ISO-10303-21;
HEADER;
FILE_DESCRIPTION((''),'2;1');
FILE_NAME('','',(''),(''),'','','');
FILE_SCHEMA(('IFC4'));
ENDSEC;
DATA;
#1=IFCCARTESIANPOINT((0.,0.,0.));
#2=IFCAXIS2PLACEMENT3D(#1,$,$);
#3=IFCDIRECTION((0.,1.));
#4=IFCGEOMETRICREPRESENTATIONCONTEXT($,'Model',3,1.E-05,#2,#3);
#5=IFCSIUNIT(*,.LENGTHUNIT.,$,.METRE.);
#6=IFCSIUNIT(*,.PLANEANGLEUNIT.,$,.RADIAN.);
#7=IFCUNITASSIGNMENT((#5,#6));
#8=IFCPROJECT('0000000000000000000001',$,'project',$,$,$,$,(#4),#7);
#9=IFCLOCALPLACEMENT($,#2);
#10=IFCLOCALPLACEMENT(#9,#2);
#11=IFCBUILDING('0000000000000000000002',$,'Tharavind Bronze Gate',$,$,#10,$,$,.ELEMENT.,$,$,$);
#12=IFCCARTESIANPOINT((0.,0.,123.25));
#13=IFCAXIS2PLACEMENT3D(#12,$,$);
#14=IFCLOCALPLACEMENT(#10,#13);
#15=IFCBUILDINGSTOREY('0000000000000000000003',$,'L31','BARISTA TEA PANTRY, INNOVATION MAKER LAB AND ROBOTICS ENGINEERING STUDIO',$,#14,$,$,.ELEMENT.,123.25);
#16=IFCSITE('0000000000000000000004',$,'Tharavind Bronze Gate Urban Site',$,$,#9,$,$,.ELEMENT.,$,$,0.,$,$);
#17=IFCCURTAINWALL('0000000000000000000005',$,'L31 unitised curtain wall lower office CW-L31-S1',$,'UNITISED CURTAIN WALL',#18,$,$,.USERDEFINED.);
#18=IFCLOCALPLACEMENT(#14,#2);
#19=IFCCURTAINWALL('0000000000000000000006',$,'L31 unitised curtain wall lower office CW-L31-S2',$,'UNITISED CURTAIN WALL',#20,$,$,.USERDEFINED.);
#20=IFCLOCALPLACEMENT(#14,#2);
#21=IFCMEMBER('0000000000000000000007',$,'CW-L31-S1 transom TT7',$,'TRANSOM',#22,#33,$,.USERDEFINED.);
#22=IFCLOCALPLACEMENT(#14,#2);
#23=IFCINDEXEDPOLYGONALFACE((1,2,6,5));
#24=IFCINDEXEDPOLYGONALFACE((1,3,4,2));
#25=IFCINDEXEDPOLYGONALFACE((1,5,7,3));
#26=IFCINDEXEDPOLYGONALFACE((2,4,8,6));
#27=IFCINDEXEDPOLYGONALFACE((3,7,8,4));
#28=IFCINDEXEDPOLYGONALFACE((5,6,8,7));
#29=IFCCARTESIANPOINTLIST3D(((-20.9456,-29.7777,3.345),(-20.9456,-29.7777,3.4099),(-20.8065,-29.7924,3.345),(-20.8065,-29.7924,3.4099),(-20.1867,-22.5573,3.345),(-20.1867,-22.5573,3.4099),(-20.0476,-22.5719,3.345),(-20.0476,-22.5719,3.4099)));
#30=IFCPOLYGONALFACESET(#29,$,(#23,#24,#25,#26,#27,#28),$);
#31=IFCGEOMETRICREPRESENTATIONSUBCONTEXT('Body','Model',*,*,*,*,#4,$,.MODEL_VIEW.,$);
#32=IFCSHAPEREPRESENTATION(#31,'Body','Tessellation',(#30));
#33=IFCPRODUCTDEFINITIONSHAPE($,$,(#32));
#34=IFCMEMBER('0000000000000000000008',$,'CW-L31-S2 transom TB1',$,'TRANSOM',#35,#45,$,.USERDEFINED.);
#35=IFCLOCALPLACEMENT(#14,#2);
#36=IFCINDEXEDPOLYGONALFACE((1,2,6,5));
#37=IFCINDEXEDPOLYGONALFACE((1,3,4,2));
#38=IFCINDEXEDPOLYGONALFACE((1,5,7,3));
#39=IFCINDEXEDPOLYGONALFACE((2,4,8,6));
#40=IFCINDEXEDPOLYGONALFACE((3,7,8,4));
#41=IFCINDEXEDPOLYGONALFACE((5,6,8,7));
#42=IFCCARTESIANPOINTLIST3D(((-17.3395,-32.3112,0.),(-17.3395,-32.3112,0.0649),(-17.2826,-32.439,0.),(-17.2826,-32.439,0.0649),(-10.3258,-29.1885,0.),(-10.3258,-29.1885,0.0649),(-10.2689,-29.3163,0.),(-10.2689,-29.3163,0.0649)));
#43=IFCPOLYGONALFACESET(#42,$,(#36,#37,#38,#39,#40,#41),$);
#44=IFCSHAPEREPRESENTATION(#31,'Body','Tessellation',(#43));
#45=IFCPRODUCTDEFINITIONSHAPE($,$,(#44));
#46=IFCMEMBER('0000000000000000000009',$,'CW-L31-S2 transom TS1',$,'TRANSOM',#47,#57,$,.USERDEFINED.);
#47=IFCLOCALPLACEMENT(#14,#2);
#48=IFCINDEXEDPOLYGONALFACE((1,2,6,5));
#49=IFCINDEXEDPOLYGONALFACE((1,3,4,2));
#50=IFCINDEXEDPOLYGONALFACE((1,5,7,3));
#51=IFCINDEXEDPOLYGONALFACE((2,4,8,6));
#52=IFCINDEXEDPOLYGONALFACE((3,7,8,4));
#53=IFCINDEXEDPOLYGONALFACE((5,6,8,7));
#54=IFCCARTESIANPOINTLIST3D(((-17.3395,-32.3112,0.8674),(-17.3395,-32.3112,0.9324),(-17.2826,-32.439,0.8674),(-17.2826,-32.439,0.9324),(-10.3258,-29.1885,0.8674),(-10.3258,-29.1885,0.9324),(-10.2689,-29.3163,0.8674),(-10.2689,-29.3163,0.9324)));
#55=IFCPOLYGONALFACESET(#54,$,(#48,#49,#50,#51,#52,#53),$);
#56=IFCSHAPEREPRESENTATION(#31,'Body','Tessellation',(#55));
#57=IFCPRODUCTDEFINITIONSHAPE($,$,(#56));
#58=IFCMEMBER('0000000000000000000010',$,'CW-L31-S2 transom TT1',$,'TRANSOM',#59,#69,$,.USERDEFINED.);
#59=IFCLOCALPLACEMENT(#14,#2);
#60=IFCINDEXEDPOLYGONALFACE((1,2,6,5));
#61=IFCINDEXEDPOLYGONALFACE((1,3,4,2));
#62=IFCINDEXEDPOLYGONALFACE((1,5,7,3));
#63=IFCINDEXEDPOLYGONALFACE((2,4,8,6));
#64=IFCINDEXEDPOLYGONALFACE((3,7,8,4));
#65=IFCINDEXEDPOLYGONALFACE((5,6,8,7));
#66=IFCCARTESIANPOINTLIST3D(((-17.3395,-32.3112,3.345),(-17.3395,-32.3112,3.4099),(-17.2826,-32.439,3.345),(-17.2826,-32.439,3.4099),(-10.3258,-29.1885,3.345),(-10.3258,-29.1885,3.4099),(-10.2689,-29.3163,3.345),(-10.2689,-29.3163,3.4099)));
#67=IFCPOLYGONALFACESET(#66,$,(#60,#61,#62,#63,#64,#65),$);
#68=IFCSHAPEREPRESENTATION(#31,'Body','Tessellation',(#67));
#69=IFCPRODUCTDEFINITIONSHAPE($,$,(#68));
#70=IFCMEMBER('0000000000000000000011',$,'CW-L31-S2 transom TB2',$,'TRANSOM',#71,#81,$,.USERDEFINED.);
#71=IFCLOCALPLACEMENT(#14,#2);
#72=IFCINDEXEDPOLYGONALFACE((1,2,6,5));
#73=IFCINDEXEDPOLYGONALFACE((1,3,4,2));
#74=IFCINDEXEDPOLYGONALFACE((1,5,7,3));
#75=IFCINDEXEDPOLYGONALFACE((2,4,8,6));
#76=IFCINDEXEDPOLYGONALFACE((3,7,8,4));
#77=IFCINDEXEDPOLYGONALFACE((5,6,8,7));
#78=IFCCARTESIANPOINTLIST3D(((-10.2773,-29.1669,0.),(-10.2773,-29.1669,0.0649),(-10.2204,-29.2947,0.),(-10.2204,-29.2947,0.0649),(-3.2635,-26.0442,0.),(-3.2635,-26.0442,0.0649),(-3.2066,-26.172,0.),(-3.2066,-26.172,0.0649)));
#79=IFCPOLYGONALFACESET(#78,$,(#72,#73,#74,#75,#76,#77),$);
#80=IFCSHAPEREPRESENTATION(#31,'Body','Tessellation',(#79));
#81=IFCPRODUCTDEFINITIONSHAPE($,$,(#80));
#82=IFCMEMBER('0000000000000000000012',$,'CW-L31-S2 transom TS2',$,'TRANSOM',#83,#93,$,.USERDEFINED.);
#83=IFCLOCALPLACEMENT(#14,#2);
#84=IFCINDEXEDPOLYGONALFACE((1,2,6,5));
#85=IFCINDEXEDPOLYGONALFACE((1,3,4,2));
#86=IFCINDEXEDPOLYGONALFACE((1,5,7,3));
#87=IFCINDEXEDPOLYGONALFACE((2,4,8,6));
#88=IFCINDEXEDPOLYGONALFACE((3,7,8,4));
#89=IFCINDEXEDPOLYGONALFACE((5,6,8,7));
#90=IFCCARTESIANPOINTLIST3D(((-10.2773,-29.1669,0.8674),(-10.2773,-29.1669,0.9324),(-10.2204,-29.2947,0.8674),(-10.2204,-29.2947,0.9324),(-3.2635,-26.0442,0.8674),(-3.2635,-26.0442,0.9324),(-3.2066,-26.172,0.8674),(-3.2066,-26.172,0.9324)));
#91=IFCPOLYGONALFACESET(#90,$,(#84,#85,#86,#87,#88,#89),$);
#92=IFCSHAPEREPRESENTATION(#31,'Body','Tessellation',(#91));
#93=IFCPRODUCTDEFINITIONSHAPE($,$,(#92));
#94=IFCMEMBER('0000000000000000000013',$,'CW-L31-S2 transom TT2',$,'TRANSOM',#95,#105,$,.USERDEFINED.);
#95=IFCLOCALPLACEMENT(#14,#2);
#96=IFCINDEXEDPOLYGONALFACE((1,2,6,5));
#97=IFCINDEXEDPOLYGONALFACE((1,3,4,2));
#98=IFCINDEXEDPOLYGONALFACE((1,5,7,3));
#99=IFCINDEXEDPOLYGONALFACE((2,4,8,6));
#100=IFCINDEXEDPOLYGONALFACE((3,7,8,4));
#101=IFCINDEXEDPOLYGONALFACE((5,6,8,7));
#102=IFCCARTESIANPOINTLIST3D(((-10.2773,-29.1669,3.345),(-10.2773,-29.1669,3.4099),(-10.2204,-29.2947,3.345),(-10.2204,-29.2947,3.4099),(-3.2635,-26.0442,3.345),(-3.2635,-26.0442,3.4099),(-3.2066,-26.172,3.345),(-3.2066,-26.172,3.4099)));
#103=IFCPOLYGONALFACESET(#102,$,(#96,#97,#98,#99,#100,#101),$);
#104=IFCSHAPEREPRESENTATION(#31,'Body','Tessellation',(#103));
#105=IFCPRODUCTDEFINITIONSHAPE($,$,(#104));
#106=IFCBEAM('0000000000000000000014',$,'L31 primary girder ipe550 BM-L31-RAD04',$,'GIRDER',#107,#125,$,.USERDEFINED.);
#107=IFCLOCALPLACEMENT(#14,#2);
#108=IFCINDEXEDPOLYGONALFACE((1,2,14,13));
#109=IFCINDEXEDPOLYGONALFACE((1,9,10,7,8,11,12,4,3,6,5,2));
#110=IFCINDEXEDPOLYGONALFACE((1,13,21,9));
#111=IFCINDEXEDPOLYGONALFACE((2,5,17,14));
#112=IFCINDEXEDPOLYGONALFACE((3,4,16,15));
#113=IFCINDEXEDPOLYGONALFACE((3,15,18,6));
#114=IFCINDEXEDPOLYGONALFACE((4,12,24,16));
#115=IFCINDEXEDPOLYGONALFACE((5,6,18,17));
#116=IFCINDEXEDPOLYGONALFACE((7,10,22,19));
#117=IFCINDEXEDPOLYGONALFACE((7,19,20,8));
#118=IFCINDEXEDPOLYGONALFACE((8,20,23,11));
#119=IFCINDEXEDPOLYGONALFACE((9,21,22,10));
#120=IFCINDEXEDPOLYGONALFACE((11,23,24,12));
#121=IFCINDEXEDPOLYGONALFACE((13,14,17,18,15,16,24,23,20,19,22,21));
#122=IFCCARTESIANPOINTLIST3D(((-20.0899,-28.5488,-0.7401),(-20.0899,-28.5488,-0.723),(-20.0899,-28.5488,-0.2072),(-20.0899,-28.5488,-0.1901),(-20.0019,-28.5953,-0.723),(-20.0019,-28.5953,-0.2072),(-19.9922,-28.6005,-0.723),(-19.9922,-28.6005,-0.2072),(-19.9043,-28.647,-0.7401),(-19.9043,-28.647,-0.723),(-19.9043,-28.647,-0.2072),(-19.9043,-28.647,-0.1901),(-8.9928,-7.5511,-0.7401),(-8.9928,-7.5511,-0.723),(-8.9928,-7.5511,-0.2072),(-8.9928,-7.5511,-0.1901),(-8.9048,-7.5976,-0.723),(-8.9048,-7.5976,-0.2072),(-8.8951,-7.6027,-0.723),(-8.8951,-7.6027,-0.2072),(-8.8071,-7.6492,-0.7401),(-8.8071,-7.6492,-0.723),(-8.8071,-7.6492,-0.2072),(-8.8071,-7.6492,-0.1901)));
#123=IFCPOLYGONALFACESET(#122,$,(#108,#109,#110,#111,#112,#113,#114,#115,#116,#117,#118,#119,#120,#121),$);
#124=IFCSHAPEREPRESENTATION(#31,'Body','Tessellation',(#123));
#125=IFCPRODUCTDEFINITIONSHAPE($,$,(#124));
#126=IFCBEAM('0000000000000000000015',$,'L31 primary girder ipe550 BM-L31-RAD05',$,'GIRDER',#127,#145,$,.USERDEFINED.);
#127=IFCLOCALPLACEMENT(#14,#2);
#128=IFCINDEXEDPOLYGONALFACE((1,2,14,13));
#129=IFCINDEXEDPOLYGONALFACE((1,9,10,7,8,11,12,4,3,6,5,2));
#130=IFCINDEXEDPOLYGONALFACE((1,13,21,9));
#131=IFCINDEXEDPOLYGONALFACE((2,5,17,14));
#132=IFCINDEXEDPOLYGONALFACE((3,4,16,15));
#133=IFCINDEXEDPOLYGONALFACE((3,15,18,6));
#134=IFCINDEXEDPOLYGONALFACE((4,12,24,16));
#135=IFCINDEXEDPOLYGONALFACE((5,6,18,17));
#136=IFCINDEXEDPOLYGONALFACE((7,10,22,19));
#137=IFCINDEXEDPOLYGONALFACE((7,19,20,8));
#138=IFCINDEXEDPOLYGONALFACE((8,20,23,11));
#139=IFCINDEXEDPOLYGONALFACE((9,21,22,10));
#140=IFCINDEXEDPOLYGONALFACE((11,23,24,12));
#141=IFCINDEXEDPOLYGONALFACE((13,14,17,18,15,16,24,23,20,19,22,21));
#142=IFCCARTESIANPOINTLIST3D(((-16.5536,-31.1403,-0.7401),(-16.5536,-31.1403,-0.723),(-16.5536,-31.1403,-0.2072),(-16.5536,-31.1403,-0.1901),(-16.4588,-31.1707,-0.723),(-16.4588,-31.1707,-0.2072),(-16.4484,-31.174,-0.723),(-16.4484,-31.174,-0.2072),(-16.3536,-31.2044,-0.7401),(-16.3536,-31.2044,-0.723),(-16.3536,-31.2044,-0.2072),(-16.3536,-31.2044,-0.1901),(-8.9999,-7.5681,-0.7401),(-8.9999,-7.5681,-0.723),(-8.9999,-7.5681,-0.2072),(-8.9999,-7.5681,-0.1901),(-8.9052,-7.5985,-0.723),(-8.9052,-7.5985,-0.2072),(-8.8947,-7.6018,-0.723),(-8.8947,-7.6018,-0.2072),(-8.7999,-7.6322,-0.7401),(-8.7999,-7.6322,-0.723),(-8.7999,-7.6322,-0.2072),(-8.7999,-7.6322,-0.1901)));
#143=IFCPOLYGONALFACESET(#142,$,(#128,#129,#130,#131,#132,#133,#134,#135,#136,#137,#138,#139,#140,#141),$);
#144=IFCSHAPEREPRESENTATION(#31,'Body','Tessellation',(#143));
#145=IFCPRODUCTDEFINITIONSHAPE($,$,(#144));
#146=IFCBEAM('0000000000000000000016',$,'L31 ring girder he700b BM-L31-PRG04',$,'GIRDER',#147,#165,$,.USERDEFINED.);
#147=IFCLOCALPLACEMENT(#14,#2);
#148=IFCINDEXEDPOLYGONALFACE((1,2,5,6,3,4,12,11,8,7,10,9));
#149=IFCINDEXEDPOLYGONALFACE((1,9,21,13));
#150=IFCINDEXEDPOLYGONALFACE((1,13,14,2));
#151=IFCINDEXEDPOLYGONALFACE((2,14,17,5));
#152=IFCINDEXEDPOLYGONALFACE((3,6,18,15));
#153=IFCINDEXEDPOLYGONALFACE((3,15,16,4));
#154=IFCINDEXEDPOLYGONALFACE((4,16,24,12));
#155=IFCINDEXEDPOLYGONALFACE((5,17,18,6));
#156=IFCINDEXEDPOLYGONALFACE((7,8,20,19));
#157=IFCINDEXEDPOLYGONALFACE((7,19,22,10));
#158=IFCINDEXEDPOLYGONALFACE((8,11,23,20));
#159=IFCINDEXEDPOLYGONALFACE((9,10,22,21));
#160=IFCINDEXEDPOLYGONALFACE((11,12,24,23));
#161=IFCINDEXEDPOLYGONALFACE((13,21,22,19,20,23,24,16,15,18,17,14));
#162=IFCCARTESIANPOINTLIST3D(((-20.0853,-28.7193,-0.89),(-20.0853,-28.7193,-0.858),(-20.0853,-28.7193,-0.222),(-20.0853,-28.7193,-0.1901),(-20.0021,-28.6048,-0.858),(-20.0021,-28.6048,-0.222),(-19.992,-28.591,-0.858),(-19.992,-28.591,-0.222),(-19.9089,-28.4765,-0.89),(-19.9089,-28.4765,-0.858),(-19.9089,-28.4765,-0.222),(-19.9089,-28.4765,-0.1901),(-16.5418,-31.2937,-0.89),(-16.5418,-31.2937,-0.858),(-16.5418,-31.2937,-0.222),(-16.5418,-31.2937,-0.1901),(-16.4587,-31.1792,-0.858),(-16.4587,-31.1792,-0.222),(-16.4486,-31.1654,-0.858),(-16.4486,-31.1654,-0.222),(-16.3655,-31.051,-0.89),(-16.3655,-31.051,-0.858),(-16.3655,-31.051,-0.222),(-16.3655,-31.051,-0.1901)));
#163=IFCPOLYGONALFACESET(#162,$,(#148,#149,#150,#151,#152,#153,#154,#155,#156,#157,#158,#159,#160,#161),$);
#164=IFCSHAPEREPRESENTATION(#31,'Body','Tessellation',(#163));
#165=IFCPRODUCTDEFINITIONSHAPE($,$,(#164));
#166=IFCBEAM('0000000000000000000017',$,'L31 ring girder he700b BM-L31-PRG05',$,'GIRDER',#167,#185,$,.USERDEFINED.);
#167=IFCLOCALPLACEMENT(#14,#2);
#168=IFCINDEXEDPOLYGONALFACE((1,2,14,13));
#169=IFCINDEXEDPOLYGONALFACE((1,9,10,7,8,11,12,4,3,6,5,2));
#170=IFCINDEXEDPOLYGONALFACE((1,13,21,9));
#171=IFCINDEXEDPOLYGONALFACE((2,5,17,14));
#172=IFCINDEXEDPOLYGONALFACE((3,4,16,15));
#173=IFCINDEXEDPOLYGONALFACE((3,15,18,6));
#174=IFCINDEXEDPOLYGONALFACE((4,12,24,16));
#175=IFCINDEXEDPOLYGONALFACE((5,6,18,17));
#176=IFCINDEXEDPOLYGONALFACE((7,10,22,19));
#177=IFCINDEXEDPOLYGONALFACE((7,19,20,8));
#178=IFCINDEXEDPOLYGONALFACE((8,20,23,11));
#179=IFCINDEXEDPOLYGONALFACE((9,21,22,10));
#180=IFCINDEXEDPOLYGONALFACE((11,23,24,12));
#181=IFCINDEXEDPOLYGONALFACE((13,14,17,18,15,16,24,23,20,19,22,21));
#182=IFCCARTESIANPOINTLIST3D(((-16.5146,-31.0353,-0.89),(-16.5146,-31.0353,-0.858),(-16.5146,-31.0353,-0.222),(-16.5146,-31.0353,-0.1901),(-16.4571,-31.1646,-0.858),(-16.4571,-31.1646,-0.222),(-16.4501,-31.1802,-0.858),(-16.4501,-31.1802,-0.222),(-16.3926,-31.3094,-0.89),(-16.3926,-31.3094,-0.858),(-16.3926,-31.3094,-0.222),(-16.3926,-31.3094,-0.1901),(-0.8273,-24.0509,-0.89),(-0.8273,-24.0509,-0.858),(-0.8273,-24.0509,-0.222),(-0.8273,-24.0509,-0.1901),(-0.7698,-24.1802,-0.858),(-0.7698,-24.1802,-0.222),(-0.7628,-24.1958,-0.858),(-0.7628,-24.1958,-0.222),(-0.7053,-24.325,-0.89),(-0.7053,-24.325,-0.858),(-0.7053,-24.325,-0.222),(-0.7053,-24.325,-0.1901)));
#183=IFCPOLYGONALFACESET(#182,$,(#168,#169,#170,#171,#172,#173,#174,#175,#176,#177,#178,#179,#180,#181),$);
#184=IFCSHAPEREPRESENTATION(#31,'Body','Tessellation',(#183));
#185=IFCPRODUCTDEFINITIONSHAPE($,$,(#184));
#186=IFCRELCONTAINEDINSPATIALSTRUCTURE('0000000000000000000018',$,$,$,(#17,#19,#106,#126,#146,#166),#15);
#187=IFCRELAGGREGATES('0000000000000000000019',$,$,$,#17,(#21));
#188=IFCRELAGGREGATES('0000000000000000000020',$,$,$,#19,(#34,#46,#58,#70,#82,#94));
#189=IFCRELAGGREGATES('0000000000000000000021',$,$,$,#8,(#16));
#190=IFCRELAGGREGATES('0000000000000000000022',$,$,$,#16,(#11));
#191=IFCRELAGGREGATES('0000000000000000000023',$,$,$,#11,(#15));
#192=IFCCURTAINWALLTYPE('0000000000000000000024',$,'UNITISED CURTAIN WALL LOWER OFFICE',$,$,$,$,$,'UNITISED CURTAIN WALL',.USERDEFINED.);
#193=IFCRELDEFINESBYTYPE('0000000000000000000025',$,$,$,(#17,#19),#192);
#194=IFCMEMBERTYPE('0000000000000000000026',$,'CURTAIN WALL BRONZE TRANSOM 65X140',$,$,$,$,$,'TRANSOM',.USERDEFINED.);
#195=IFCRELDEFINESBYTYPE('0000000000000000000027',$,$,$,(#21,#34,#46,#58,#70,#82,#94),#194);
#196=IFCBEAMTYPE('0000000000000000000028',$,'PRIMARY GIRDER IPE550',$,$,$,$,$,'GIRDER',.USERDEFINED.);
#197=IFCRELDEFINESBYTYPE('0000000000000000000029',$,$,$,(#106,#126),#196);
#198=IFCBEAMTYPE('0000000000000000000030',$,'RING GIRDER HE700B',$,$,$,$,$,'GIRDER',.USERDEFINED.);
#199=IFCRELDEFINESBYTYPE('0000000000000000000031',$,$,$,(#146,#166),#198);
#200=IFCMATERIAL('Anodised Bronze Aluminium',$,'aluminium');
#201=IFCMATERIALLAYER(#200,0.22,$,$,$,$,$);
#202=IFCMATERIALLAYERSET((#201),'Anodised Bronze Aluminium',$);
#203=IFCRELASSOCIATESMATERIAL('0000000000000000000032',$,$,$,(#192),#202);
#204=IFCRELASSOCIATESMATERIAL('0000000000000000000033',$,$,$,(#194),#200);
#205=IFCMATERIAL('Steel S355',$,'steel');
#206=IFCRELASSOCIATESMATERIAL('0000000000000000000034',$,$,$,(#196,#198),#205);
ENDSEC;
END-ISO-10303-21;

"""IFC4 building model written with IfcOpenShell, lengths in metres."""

from ifc_helpers import new_model, si_unit, direction, frame, origin, origin_2d, place, context, subcontext, project, spatial, rectangle, i_section, extrude, material, layer, layer_set, material_profile, profile_set, type_object, element, aggregate, save


model = new_model("IFC4")

# Units and contexts
model_context = context("Model", 3, precision=1e-05, world=origin(), true_north=direction((0.0, 1.0)))
body_context = subcontext(model_context, "Body", "Model", "MODEL_VIEW")
ifc_project = project(units=[si_unit("LENGTHUNIT", "METRE"), si_unit("PLANEANGLEUNIT", "RADIAN")], contexts=[model_context])

# Site, building, storey
site_placement = place(None, origin())
site = spatial("IfcSite", under=ifc_project, at=site_placement, Name="Tharavind Bronze Gate Urban Site", CompositionType="ELEMENT", RefElevation=0.0)
building_placement = place(site_placement, origin())
building = spatial("IfcBuilding", under=site, at=building_placement, Name="Tharavind Bronze Gate", CompositionType="ELEMENT")
storey_placement = place(building_placement, frame((0.0, 0.0, 123.25)))
storey = spatial("IfcBuildingStorey", under=building, at=storey_placement, Name="L31", Description="BARISTA TEA PANTRY, INNOVATION MAKER LAB AND ROBOTICS ENGINEERING STUDIO", CompositionType="ELEMENT", Elevation=123.25)

# Curtain walls
ifc_material_1 = material(Name="Anodised Bronze Aluminium", Category="aluminium")
ifc_layer_1 = layer(ifc_material_1, 0.22)
ifc_layer_set_1 = layer_set([ifc_layer_1], Name="Anodised Bronze Aluminium")
curtain_wall_type = type_object("IfcCurtainWallType", Name="UNITISED CURTAIN WALL LOWER OFFICE", ElementType="UNITISED CURTAIN WALL", PredefinedType="USERDEFINED", material=ifc_layer_set_1)
curtain_wall_1_placement = place(storey_placement, origin())
curtain_wall_1 = element("IfcCurtainWall", 1, at=curtain_wall_1_placement, inside=storey, type_object=curtain_wall_type, Name="L31 unitised curtain wall lower office CW-L31-S1", ObjectType="UNITISED CURTAIN WALL", PredefinedType="USERDEFINED")
curtain_wall_2_placement = place(storey_placement, origin())
curtain_wall_2 = element("IfcCurtainWall", 2, at=curtain_wall_2_placement, inside=storey, type_object=curtain_wall_type, Name="L31 unitised curtain wall lower office CW-L31-S2", ObjectType="UNITISED CURTAIN WALL", PredefinedType="USERDEFINED")

# Members
member_type_1 = type_object("IfcMemberType", Name="CURTAIN WALL BRONZE TRANSOM 65X140", ElementType="TRANSOM", PredefinedType="USERDEFINED", material=ifc_material_1)
member_1_placement = place(storey_placement, frame((-20.4966, -26.1748, 3.345), z_axis=(0.0, 0.0, 1.0), x_axis=(-0.104527, -0.994522, 0.0)))
member_1 = element("IfcMember", 3, at=member_1_placement, type_object=member_type_1, Name="CW-L31-S1 transom TT7", ObjectType="TRANSOM", PredefinedType="USERDEFINED", context=body_context, shape_type="SweptSolid", body=[
    extrude(rectangle(XDim=7.2603, YDim=0.1399, at=origin_2d()), origin(), (0.0, 0.0, 1.0), 0.0649),
])
member_2_placement = place(storey_placement, frame((-13.8042, -30.8137, 0.0), z_axis=(0.0, 0.0, 1.0), x_axis=(0.913545, 0.406737, 0.0)))
member_2 = element("IfcMember", 4, at=member_2_placement, type_object=member_type_1, Name="CW-L31-S2 transom TB1", ObjectType="TRANSOM", PredefinedType="USERDEFINED", context=body_context, shape_type="SweptSolid", body=[
    extrude(rectangle(XDim=7.6775, YDim=0.1399, at=origin_2d()), origin(), (0.0, 0.0, 1.0), 0.0649),
])
member_3_placement = place(storey_placement, frame((-13.8042, -30.8137, 0.8674), z_axis=(0.0, 0.0, 1.0), x_axis=(0.913545, 0.406737, 0.0)))
member_3 = element("IfcMember", 5, at=member_3_placement, type_object=member_type_1, Name="CW-L31-S2 transom TS1", ObjectType="TRANSOM", PredefinedType="USERDEFINED", context=body_context, shape_type="SweptSolid", body=[
    extrude(rectangle(XDim=7.6775, YDim=0.1399, at=origin_2d()), origin(), (0.0, 0.0, 1.0), 0.0649),
])
member_4_placement = place(storey_placement, frame((-13.8042, -30.8137, 3.345), z_axis=(0.0, 0.0, 1.0), x_axis=(0.913545, 0.406737, 0.0)))
member_4 = element("IfcMember", 6, at=member_4_placement, type_object=member_type_1, Name="CW-L31-S2 transom TT1", ObjectType="TRANSOM", PredefinedType="USERDEFINED", context=body_context, shape_type="SweptSolid", body=[
    extrude(rectangle(XDim=7.6775, YDim=0.1399, at=origin_2d()), origin(), (0.0, 0.0, 1.0), 0.0649),
])
member_5_placement = place(storey_placement, frame((-6.7419, -27.6694, 0.0), z_axis=(0.0, 0.0, 1.0), x_axis=(0.913545, 0.406737, 0.0)))
member_5 = element("IfcMember", 7, at=member_5_placement, type_object=member_type_1, Name="CW-L31-S2 transom TB2", ObjectType="TRANSOM", PredefinedType="USERDEFINED", context=body_context, shape_type="SweptSolid", body=[
    extrude(rectangle(XDim=7.6775, YDim=0.1399, at=origin_2d()), origin(), (0.0, 0.0, 1.0), 0.0649),
])
member_6_placement = place(storey_placement, frame((-6.7419, -27.6694, 0.8674), z_axis=(0.0, 0.0, 1.0), x_axis=(0.913545, 0.406737, 0.0)))
member_6 = element("IfcMember", 8, at=member_6_placement, type_object=member_type_1, Name="CW-L31-S2 transom TS2", ObjectType="TRANSOM", PredefinedType="USERDEFINED", context=body_context, shape_type="SweptSolid", body=[
    extrude(rectangle(XDim=7.6775, YDim=0.1399, at=origin_2d()), origin(), (0.0, 0.0, 1.0), 0.0649),
])
member_7_placement = place(storey_placement, frame((-6.7419, -27.6694, 3.345), z_axis=(0.0, 0.0, 1.0), x_axis=(0.913545, 0.406737, 0.0)))
member_7 = element("IfcMember", 9, at=member_7_placement, type_object=member_type_1, Name="CW-L31-S2 transom TT2", ObjectType="TRANSOM", PredefinedType="USERDEFINED", context=body_context, shape_type="SweptSolid", body=[
    extrude(rectangle(XDim=7.6775, YDim=0.1399, at=origin_2d()), origin(), (0.0, 0.0, 1.0), 0.0649),
])

# Beams
ifc_material_2 = material(Name="Steel S355", Category="steel")
ifc_material_profile_1 = material_profile(ifc_material_2, i_section(OverallWidth=0.21, OverallDepth=0.55, WebThickness=0.011, FlangeThickness=0.0171, at=origin_2d()), Name="IPE550")
ifc_profile_set_1 = profile_set([ifc_material_profile_1], Name="Steel S355")
beam_type_1 = type_object("IfcBeamType", Name="PRIMARY GIRDER IPE550", ElementType="GIRDER", PredefinedType="USERDEFINED", material=ifc_profile_set_1)
beam_1_placement = place(storey_placement, frame((-19.9971, -28.5979, -0.4651), z_axis=(0.467252, 0.884124, 0.0), x_axis=(-0.884124, 0.467252, 0.0)))
element("IfcBeam", 10, at=beam_1_placement, inside=storey, type_object=beam_type_1, Name="L31 primary girder ipe550 BM-L31-RAD04", ObjectType="GIRDER", PredefinedType="USERDEFINED", context=body_context, shape_type="SweptSolid", body=[
    extrude(i_section(OverallWidth=0.21, OverallDepth=0.55, WebThickness=0.011, FlangeThickness=0.0171, at=origin_2d()), origin(), (0.0, 0.0, 1.0), 23.7498),
])
beam_2_placement = place(storey_placement, frame((-16.4536, -31.1724, -0.4651), z_axis=(0.305164, 0.9523, 0.0), x_axis=(-0.9523, 0.305164, 0.0)))
element("IfcBeam", 11, at=beam_2_placement, inside=storey, type_object=beam_type_1, Name="L31 primary girder ipe550 BM-L31-RAD05", ObjectType="GIRDER", PredefinedType="USERDEFINED", context=body_context, shape_type="SweptSolid", body=[
    extrude(i_section(OverallWidth=0.21, OverallDepth=0.55, WebThickness=0.011, FlangeThickness=0.0171, at=origin_2d()), origin(), (0.0, 0.0, 1.0), 24.7529),
])
ifc_material_profile_2 = material_profile(ifc_material_2, i_section(OverallWidth=0.3, OverallDepth=0.7, WebThickness=0.0171, FlangeThickness=0.032, at=origin_2d()), Name="HE700B")
ifc_profile_set_2 = profile_set([ifc_material_profile_2], Name="Steel S355")
beam_type_2 = type_object("IfcBeamType", Name="RING GIRDER HE700B", ElementType="GIRDER", PredefinedType="USERDEFINED", material=ifc_profile_set_2)
beam_3_placement = place(storey_placement, frame((-19.9971, -28.5979, -0.54), z_axis=(0.809018, -0.587784, 0.0), x_axis=(0.587784, 0.809018, 0.0)))
element("IfcBeam", 12, at=beam_3_placement, inside=storey, type_object=beam_type_2, Name="L31 ring girder he700b BM-L31-PRG04", ObjectType="GIRDER", PredefinedType="USERDEFINED", context=body_context, shape_type="SweptSolid", body=[
    extrude(i_section(OverallWidth=0.3, OverallDepth=0.7, WebThickness=0.0171, FlangeThickness=0.032, at=origin_2d()), origin(), (0.0, 0.0, 1.0), 4.3799),
])
for number, where, z_axis, x_axis, name in (
    (13, (-16.4536, -31.1724, -0.54), (0.913546, 0.406735, 0.0), (-0.406735, 0.913546, 0.0), "L31 ring girder he700b BM-L31-PRG05"),
):
    element("IfcBeam", number, at=place(storey_placement, frame(where, z_axis=z_axis, x_axis=x_axis)), inside=storey, type_object=beam_type_2, Name=name, ObjectType="GIRDER", PredefinedType="USERDEFINED", context=body_context, shape_type="SweptSolid", body=[
        extrude(i_section(OverallWidth=0.3, OverallDepth=0.7, WebThickness=0.0171, FlangeThickness=0.032, at=origin_2d()), origin(), (0.0, 0.0, 1.0), 17.1719),
    ])

aggregate(curtain_wall_1, [member_1])
aggregate(curtain_wall_2, [member_2, member_3, member_4, member_5, member_6, member_7])

save(model, "model.ifc")
